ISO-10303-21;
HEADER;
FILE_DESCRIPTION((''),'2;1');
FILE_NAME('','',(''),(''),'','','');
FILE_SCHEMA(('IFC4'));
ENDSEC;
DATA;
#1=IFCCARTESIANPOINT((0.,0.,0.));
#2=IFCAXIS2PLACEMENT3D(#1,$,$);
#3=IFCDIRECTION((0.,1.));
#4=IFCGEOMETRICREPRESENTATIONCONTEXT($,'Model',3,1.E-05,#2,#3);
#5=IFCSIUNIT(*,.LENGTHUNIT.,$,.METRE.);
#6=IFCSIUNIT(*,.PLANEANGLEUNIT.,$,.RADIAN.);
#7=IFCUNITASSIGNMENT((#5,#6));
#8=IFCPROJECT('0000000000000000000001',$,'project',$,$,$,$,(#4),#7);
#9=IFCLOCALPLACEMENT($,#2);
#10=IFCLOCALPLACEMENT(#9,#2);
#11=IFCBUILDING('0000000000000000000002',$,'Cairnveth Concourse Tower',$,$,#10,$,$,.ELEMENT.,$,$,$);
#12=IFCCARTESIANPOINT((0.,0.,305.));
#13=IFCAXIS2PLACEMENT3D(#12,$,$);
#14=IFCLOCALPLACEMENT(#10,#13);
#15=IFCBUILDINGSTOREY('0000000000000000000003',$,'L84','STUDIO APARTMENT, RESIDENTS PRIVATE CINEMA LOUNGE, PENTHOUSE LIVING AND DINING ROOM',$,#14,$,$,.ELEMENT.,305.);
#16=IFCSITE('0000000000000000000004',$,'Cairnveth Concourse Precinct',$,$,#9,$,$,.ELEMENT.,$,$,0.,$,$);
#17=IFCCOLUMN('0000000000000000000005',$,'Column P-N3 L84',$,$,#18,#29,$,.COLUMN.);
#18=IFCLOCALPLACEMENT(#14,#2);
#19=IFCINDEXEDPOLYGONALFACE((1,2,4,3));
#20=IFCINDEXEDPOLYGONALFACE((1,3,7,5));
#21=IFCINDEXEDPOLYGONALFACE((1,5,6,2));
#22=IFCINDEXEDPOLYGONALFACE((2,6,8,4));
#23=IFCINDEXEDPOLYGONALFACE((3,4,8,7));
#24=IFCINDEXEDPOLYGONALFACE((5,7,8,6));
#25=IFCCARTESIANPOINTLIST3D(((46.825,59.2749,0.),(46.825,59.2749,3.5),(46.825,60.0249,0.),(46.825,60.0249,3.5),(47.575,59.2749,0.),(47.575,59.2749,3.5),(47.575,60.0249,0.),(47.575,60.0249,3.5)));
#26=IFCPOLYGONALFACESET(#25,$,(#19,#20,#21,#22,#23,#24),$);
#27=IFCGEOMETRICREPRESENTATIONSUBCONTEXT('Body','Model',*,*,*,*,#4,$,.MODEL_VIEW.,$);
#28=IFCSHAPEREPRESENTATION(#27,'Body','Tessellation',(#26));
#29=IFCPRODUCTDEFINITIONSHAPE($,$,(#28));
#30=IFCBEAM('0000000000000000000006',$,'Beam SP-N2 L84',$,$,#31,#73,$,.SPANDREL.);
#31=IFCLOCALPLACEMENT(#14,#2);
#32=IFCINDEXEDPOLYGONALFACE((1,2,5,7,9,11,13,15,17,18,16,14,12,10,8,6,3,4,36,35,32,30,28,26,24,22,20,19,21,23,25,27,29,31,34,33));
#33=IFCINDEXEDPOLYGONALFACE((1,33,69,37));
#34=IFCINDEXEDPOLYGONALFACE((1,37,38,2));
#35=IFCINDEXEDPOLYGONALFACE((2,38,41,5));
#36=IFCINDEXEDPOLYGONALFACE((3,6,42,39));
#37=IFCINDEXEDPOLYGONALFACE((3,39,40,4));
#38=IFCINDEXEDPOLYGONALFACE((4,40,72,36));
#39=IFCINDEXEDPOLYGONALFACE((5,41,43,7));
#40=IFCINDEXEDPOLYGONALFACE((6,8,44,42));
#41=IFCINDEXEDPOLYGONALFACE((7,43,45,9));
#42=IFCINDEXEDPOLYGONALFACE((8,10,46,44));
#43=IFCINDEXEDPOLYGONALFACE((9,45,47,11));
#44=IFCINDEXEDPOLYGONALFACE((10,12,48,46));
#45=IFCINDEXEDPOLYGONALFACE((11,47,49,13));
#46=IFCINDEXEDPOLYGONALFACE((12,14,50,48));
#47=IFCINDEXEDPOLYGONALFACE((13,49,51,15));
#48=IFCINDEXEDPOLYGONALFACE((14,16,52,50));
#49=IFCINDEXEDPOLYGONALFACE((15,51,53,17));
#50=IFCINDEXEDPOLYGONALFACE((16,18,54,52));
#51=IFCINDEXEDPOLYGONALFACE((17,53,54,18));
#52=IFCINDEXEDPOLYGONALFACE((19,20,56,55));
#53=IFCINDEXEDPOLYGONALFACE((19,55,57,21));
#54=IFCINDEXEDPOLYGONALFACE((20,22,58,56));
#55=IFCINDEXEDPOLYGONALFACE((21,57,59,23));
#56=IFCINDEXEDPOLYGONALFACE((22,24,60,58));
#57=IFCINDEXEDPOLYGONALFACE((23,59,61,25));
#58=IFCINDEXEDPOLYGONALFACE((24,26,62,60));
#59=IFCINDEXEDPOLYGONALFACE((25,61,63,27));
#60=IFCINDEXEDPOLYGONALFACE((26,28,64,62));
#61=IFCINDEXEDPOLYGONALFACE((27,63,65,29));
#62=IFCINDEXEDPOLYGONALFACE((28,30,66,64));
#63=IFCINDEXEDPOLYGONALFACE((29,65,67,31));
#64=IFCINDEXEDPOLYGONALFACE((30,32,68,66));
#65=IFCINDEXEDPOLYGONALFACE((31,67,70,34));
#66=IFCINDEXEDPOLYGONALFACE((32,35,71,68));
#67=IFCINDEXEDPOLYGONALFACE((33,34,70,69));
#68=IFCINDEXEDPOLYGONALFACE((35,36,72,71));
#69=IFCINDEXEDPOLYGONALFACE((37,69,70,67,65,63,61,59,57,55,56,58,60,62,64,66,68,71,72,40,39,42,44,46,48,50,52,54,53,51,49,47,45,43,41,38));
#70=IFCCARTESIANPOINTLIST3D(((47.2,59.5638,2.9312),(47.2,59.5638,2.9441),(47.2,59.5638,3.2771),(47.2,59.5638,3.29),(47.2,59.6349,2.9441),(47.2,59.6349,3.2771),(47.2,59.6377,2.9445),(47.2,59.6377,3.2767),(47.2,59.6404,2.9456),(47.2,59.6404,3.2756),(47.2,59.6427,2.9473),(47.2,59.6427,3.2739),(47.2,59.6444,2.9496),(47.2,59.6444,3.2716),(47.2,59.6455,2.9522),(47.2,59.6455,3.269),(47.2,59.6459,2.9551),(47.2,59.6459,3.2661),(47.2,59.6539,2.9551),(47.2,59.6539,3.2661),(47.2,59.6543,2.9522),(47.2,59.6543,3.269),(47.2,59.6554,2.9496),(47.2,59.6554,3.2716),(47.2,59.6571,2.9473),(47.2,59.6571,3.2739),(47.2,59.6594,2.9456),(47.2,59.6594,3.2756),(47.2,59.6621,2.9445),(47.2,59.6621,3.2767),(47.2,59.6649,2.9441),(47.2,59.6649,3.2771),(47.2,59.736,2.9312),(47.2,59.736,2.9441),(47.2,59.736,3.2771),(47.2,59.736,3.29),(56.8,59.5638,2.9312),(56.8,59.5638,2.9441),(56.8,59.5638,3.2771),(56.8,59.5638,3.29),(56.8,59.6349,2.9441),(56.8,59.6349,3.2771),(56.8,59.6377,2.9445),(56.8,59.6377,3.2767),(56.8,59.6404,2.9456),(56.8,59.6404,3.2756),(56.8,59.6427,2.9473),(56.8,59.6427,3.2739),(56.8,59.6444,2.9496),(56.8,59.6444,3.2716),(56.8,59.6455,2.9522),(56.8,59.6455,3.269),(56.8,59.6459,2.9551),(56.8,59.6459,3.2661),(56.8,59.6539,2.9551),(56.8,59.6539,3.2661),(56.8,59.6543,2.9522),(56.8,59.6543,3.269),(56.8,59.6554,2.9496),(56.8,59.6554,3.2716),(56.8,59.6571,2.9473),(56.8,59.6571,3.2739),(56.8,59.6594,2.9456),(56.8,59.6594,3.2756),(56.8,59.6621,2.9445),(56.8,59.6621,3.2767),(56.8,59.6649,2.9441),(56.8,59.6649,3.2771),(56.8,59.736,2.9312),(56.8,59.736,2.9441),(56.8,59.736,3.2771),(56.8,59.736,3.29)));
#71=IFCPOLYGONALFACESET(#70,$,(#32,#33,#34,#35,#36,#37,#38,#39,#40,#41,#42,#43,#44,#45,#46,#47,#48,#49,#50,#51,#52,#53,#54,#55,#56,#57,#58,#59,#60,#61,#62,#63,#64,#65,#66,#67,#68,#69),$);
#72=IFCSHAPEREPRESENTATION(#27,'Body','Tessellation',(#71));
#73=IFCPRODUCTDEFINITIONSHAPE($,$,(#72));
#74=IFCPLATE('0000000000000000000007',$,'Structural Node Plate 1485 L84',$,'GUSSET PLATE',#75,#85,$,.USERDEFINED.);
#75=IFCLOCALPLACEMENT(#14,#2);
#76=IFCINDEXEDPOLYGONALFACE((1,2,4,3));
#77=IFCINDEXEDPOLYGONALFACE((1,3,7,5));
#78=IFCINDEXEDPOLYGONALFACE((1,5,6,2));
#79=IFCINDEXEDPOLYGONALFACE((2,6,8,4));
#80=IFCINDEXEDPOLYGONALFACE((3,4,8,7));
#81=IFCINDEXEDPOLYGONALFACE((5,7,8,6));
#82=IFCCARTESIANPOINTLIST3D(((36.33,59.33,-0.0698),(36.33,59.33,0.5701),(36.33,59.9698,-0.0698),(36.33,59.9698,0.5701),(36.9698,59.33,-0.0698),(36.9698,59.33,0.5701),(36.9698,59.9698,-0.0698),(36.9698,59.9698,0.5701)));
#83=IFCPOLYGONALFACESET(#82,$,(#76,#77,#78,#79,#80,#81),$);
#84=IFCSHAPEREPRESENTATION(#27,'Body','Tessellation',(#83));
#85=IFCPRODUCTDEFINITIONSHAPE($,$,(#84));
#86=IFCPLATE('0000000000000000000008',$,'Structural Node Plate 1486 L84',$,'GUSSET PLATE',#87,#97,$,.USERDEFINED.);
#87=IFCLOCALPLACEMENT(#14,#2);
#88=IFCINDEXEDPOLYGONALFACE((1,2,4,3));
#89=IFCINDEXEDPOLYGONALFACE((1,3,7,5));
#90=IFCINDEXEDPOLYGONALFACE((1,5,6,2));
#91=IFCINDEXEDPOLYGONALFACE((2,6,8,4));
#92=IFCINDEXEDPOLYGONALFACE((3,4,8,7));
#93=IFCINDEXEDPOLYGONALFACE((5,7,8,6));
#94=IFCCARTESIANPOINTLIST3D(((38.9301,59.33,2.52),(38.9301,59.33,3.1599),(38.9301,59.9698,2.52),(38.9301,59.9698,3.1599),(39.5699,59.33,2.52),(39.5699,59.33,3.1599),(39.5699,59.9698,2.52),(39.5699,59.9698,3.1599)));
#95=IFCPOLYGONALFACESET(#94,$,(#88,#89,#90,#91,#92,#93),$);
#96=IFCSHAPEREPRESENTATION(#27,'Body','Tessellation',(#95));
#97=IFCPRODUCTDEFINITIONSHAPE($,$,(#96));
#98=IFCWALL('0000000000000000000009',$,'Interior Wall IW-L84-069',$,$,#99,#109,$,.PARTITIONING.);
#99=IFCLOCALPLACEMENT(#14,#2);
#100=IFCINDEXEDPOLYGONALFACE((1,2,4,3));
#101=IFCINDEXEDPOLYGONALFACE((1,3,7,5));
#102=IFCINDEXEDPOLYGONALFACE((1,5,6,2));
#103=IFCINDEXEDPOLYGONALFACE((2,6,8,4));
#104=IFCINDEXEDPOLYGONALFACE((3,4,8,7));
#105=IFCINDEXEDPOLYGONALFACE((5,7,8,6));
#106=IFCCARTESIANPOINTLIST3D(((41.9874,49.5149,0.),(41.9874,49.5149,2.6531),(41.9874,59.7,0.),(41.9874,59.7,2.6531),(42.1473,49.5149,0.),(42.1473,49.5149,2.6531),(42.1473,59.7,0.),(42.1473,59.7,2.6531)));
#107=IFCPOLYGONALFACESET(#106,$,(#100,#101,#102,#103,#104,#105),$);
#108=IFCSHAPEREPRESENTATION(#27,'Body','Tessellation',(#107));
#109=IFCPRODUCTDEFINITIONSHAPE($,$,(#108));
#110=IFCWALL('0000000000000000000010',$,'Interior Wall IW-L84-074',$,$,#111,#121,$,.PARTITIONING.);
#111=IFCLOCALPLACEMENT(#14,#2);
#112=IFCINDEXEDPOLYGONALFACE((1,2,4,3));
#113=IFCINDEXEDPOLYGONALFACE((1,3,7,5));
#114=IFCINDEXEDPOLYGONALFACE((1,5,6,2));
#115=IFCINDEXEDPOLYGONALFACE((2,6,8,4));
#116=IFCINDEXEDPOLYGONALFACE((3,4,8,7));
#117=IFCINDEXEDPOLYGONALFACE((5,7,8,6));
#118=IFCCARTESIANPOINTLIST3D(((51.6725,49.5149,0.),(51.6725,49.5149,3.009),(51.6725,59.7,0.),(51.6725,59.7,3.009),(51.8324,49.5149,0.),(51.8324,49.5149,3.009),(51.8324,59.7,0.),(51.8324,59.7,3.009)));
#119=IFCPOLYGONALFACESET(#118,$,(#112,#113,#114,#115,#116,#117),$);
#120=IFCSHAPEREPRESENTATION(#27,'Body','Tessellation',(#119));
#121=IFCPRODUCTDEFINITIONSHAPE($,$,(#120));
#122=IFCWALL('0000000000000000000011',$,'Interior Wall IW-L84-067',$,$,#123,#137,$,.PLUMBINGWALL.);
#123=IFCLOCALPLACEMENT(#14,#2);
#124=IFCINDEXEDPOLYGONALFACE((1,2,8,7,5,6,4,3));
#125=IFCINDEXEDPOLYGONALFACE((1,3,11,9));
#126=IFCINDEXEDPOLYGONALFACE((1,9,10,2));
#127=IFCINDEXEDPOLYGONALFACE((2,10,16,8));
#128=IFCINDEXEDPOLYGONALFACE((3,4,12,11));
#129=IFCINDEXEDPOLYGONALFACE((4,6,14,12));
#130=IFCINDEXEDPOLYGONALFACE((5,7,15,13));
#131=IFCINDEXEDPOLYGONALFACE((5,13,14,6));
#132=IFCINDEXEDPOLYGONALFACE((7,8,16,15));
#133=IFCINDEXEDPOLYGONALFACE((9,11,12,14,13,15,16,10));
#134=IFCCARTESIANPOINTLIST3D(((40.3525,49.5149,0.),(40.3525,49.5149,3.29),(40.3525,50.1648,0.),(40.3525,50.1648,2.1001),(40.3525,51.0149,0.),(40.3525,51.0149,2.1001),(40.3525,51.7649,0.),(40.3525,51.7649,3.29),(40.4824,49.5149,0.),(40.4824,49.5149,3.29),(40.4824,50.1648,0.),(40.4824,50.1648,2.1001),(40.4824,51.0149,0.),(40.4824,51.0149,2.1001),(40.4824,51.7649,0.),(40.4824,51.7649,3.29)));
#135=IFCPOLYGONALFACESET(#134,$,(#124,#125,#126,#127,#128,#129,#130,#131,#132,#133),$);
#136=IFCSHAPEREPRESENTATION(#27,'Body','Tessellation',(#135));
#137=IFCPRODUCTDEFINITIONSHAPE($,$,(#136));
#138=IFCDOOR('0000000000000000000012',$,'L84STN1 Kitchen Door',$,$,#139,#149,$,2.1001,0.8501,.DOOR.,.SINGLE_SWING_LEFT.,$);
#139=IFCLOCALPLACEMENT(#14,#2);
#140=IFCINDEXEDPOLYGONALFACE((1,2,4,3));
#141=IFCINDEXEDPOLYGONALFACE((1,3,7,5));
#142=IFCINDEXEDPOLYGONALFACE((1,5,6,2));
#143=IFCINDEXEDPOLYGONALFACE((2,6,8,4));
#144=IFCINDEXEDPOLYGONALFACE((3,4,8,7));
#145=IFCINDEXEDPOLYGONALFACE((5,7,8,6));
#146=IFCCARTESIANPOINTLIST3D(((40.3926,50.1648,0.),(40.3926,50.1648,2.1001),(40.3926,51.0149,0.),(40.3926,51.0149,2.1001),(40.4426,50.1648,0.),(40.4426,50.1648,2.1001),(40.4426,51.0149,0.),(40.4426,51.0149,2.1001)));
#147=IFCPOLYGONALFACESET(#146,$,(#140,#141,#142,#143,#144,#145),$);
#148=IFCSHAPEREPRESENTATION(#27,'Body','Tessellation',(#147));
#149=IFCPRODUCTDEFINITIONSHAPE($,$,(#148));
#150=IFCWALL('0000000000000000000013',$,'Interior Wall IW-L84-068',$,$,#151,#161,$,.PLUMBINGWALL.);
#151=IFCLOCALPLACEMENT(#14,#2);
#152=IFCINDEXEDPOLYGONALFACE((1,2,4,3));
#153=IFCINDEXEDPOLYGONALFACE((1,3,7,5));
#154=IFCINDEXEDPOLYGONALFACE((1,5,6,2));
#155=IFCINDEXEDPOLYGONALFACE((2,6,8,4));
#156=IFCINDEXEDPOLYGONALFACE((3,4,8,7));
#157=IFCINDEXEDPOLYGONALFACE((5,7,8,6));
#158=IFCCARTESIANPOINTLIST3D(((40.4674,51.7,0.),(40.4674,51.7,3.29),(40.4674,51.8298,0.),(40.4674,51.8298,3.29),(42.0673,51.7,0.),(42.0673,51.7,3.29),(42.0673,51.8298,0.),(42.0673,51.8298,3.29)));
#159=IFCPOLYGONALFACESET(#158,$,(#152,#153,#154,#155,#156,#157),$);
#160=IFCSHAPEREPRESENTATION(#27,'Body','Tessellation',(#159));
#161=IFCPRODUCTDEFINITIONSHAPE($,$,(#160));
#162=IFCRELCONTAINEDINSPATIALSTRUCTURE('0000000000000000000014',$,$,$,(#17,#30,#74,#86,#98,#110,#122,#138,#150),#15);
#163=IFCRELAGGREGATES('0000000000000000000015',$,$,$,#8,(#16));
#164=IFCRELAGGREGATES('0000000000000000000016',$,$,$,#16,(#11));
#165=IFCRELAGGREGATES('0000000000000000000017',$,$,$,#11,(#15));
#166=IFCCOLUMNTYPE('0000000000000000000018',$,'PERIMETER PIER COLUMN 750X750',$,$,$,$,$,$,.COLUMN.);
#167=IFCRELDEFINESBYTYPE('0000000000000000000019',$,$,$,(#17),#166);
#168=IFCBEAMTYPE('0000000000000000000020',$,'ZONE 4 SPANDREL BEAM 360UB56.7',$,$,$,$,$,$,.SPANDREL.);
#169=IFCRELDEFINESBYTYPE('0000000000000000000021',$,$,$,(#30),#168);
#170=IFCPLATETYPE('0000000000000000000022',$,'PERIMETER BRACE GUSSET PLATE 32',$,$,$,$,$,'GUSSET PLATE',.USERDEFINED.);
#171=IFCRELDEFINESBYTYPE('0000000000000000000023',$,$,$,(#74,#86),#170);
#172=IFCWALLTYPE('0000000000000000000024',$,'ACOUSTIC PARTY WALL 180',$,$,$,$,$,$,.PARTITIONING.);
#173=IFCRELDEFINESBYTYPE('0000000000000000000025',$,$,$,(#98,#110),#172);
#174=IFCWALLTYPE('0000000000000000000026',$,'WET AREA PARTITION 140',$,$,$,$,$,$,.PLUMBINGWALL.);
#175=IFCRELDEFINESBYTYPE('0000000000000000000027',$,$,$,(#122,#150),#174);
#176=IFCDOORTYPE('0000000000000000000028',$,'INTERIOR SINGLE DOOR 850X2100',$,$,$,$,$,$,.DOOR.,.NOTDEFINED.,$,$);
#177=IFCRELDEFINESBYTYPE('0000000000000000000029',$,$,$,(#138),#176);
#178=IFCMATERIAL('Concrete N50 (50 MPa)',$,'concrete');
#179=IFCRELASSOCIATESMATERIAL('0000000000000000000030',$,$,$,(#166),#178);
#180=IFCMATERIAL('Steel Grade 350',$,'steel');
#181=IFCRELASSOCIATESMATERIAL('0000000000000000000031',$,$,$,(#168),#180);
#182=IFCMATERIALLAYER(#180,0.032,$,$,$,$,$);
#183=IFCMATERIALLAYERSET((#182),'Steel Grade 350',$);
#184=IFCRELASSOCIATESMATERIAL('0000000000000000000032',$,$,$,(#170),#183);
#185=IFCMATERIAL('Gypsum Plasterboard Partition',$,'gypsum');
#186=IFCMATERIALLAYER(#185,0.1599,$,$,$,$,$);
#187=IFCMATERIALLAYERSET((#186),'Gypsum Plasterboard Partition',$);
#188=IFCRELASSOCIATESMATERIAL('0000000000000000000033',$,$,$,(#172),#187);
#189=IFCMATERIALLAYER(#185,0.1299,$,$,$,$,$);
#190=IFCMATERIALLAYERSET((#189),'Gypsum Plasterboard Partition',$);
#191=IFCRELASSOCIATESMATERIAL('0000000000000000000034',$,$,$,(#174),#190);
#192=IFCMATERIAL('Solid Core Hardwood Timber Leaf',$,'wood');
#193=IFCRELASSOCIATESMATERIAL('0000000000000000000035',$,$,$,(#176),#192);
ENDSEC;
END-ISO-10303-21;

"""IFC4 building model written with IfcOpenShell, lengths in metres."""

from ifc_helpers import new_model, si_unit, direction, frame, frame_2d, origin, origin_2d, place, context, subcontext, project, spatial, rectangle, i_section, extrude, material, layer, layer_set, material_profile, profile_set, type_object, element, fill, save


model = new_model("IFC4")

# Units and contexts
model_context = context("Model", 3, precision=1e-05, world=origin(), true_north=direction((0.0, 1.0)))
body_context = subcontext(model_context, "Body", "Model", "MODEL_VIEW")
ifc_project = project(units=[si_unit("LENGTHUNIT", "METRE"), si_unit("PLANEANGLEUNIT", "RADIAN")], contexts=[model_context])

# Site, building, storey
site_placement = place(None, origin())
site = spatial("IfcSite", under=ifc_project, at=site_placement, Name="Cairnveth Concourse Precinct", CompositionType="ELEMENT", RefElevation=0.0)
building_placement = place(site_placement, origin())
building = spatial("IfcBuilding", under=site, at=building_placement, Name="Cairnveth Concourse Tower", CompositionType="ELEMENT")
storey_placement = place(building_placement, frame((0.0, 0.0, 305.0)))
storey = spatial("IfcBuildingStorey", under=building, at=storey_placement, Name="L84", Description="STUDIO APARTMENT, RESIDENTS PRIVATE CINEMA LOUNGE, PENTHOUSE LIVING AND DINING ROOM", CompositionType="ELEMENT", Elevation=305.0)

# Column
ifc_material_1 = material(Name="Concrete N50 (50 MPa)", Category="concrete")
ifc_material_profile_1 = material_profile(ifc_material_1, rectangle(XDim=0.75, YDim=0.75, at=origin_2d()), Name="RC-COL-750x750")
ifc_profile_set_1 = profile_set([ifc_material_profile_1], Name="Concrete N50 (50 MPa)")
column_type = type_object("IfcColumnType", Name="PERIMETER PIER COLUMN 750X750", PredefinedType="COLUMN", material=ifc_profile_set_1)
column_placement = place(storey_placement, frame((47.2, 59.6499, 0.0), z_axis=(0.0, 0.0, 1.0), x_axis=(1.0, 0.0, 0.0)))
element("IfcColumn", 1, at=column_placement, inside=storey, type_object=column_type, Name="Column P-N3 L84", PredefinedType="COLUMN", context=body_context, shape_type="SweptSolid", body=[
    extrude(rectangle(XDim=0.75, YDim=0.75, at=origin_2d()), origin(), (0.0, 0.0, 1.0), 3.5),
])

# Beam
ifc_material_2 = material(Name="Steel Grade 350", Category="steel")
ifc_material_profile_2 = material_profile(ifc_material_2, i_section(OverallWidth=0.1721, OverallDepth=0.3589, WebThickness=0.0081, FlangeThickness=0.0129, FilletRadius=0.011, at=origin_2d()), Name="360UB56.7")
ifc_profile_set_2 = profile_set([ifc_material_profile_2], Name="Steel Grade 350")
beam_type = type_object("IfcBeamType", Name="ZONE 4 SPANDREL BEAM 360UB56.7", PredefinedType="SPANDREL", material=ifc_profile_set_2)
beam_placement = place(storey_placement, frame((47.2, 59.6499, 3.1106), z_axis=(1.0, 0.0, 0.0), x_axis=(0.0, 1.0, 0.0)))
element("IfcBeam", 2, at=beam_placement, inside=storey, type_object=beam_type, Name="Beam SP-N2 L84", PredefinedType="SPANDREL", context=body_context, shape_type="SweptSolid", body=[
    extrude(i_section(OverallWidth=0.1721, OverallDepth=0.3589, WebThickness=0.0081, FlangeThickness=0.0129, FilletRadius=0.011, at=origin_2d()), origin(), (0.0, 0.0, 1.0), 9.6001),
])

# Plates
ifc_layer_1 = layer(ifc_material_2, 0.032)
ifc_layer_set_1 = layer_set([ifc_layer_1], Name="Steel Grade 350")
plate_type = type_object("IfcPlateType", Name="PERIMETER BRACE GUSSET PLATE 32", ElementType="GUSSET PLATE", PredefinedType="USERDEFINED", material=ifc_layer_set_1)
for number, where, z_axis, x_axis, name in (
    (3, (36.6499, 59.6499, -0.0698), (0.0, 0.0, 1.0), (1.0, 0.0, 0.0), "Structural Node Plate 1485 L84"),
    (4, (39.25, 59.6499, 2.52), (0.0, 0.0, 1.0), (1.0, 0.0, 0.0), "Structural Node Plate 1486 L84"),
):
    element("IfcPlate", number, at=place(storey_placement, frame(where, z_axis=z_axis, x_axis=x_axis)), inside=storey, type_object=plate_type, Name=name, ObjectType="GUSSET PLATE", PredefinedType="USERDEFINED", context=body_context, shape_type="SweptSolid", body=[
        extrude(rectangle(XDim=0.6399, YDim=0.6399, at=origin_2d()), origin(), (0.0, 0.0, 1.0), 0.6399),
    ])

# Walls
ifc_material_3 = material(Name="Gypsum Plasterboard Partition", Category="gypsum")
ifc_layer_2 = layer(ifc_material_3, 0.1599)
ifc_layer_set_2 = layer_set([ifc_layer_2], Name="Gypsum Plasterboard Partition")
wall_type_1 = type_object("IfcWallType", Name="ACOUSTIC PARTY WALL 180", PredefinedType="PARTITIONING", material=ifc_layer_set_2)
wall_1_placement = place(storey_placement, frame((42.0674, 49.5149, 0.0), z_axis=(0.0, 0.0, 1.0), x_axis=(0.0, 1.0, 0.0)))
element("IfcWall", 5, at=wall_1_placement, inside=storey, type_object=wall_type_1, Name="Interior Wall IW-L84-069", PredefinedType="PARTITIONING", context=body_context, shape_type="SweptSolid", body=[
    extrude(rectangle(XDim=10.1851, YDim=0.1599, at=frame_2d((5.0925, 0.0))), origin(), (0.0, 0.0, 1.0), 2.6531),
])
wall_2_placement = place(storey_placement, frame((51.7524, 49.5149, 0.0), z_axis=(0.0, 0.0, 1.0), x_axis=(0.0, 1.0, 0.0)))
element("IfcWall", 6, at=wall_2_placement, inside=storey, type_object=wall_type_1, Name="Interior Wall IW-L84-074", PredefinedType="PARTITIONING", context=body_context, shape_type="SweptSolid", body=[
    extrude(rectangle(XDim=10.1851, YDim=0.1599, at=frame_2d((5.0925, 0.0))), origin(), (0.0, 0.0, 1.0), 3.009),
])

# Wall, opening, door
ifc_layer_3 = layer(ifc_material_3, 0.1299)
ifc_layer_set_3 = layer_set([ifc_layer_3], Name="Gypsum Plasterboard Partition")
wall_type_2 = type_object("IfcWallType", Name="WET AREA PARTITION 140", PredefinedType="PLUMBINGWALL", material=ifc_layer_set_3)
wall_3_placement = place(storey_placement, frame((40.4175, 49.5149, 0.0), z_axis=(0.0, 0.0, 1.0), x_axis=(0.0, 1.0, 0.0)))
wall_3 = element("IfcWall", 7, at=wall_3_placement, inside=storey, type_object=wall_type_2, Name="Interior Wall IW-L84-067", PredefinedType="PLUMBINGWALL", context=body_context, shape_type="SweptSolid", body=[
    extrude(rectangle(XDim=2.25, YDim=0.1299, at=frame_2d((1.125, 0.0))), origin(), (0.0, 0.0, 1.0), 3.29),
])
opening_1_placement = place(wall_3_placement, frame((0.6499, 0.0, 0.0)))
opening_1 = element("IfcOpeningElement", 8, at=opening_1_placement, cuts=wall_3, PredefinedType="OPENING", context=body_context, shape_type="SweptSolid", body=[
    extrude(rectangle(XDim=0.8501, YDim=2.1001, at=frame_2d((0.425, 1.05))), frame((0.0, 0.075, 0.0), z_axis=(0.0, -1.0, 0.0), x_axis=(1.0, 0.0, 0.0)), (0.0, 0.0, 1.0), 0.1499),
])
ifc_material_4 = material(Name="Solid Core Hardwood Timber Leaf", Category="wood")
door_type_1 = type_object("IfcDoorType", Name="INTERIOR SINGLE DOOR 850X2100", OperationType="NOTDEFINED", PredefinedType="DOOR", material=ifc_material_4)
door_1_placement = place(opening_1_placement, origin())
door_1 = element("IfcDoor", 9, at=door_1_placement, inside=storey, type_object=door_type_1, Name="L84STN1 Kitchen Door", OperationType="SINGLE_SWING_LEFT", OverallHeight=2.1001, OverallWidth=0.8501, PredefinedType="DOOR", context=body_context, shape_type="SweptSolid", body=[
    extrude(rectangle(XDim=0.8501, YDim=2.1001, at=frame_2d((0.425, 1.05))), frame((0.0, 0.0249, 0.0), z_axis=(0.0, -1.0, 0.0), x_axis=(1.0, 0.0, 0.0)), (0.0, 0.0, 1.0), 0.05),
])
fill(opening_1, door_1)

# Wall
wall_4_placement = place(storey_placement, frame((40.4675, 51.7649, 0.0), z_axis=(0.0, 0.0, 1.0), x_axis=(1.0, 0.0, 0.0)))
element("IfcWall", 10, at=wall_4_placement, inside=storey, type_object=wall_type_2, Name="Interior Wall IW-L84-068", PredefinedType="PLUMBINGWALL", context=body_context, shape_type="SweptSolid", body=[
    extrude(rectangle(XDim=1.5999, YDim=0.1299, at=frame_2d((0.7998, 0.0))), origin(), (0.0, 0.0, 1.0), 3.29),
])

save(model, "model.ifc")
